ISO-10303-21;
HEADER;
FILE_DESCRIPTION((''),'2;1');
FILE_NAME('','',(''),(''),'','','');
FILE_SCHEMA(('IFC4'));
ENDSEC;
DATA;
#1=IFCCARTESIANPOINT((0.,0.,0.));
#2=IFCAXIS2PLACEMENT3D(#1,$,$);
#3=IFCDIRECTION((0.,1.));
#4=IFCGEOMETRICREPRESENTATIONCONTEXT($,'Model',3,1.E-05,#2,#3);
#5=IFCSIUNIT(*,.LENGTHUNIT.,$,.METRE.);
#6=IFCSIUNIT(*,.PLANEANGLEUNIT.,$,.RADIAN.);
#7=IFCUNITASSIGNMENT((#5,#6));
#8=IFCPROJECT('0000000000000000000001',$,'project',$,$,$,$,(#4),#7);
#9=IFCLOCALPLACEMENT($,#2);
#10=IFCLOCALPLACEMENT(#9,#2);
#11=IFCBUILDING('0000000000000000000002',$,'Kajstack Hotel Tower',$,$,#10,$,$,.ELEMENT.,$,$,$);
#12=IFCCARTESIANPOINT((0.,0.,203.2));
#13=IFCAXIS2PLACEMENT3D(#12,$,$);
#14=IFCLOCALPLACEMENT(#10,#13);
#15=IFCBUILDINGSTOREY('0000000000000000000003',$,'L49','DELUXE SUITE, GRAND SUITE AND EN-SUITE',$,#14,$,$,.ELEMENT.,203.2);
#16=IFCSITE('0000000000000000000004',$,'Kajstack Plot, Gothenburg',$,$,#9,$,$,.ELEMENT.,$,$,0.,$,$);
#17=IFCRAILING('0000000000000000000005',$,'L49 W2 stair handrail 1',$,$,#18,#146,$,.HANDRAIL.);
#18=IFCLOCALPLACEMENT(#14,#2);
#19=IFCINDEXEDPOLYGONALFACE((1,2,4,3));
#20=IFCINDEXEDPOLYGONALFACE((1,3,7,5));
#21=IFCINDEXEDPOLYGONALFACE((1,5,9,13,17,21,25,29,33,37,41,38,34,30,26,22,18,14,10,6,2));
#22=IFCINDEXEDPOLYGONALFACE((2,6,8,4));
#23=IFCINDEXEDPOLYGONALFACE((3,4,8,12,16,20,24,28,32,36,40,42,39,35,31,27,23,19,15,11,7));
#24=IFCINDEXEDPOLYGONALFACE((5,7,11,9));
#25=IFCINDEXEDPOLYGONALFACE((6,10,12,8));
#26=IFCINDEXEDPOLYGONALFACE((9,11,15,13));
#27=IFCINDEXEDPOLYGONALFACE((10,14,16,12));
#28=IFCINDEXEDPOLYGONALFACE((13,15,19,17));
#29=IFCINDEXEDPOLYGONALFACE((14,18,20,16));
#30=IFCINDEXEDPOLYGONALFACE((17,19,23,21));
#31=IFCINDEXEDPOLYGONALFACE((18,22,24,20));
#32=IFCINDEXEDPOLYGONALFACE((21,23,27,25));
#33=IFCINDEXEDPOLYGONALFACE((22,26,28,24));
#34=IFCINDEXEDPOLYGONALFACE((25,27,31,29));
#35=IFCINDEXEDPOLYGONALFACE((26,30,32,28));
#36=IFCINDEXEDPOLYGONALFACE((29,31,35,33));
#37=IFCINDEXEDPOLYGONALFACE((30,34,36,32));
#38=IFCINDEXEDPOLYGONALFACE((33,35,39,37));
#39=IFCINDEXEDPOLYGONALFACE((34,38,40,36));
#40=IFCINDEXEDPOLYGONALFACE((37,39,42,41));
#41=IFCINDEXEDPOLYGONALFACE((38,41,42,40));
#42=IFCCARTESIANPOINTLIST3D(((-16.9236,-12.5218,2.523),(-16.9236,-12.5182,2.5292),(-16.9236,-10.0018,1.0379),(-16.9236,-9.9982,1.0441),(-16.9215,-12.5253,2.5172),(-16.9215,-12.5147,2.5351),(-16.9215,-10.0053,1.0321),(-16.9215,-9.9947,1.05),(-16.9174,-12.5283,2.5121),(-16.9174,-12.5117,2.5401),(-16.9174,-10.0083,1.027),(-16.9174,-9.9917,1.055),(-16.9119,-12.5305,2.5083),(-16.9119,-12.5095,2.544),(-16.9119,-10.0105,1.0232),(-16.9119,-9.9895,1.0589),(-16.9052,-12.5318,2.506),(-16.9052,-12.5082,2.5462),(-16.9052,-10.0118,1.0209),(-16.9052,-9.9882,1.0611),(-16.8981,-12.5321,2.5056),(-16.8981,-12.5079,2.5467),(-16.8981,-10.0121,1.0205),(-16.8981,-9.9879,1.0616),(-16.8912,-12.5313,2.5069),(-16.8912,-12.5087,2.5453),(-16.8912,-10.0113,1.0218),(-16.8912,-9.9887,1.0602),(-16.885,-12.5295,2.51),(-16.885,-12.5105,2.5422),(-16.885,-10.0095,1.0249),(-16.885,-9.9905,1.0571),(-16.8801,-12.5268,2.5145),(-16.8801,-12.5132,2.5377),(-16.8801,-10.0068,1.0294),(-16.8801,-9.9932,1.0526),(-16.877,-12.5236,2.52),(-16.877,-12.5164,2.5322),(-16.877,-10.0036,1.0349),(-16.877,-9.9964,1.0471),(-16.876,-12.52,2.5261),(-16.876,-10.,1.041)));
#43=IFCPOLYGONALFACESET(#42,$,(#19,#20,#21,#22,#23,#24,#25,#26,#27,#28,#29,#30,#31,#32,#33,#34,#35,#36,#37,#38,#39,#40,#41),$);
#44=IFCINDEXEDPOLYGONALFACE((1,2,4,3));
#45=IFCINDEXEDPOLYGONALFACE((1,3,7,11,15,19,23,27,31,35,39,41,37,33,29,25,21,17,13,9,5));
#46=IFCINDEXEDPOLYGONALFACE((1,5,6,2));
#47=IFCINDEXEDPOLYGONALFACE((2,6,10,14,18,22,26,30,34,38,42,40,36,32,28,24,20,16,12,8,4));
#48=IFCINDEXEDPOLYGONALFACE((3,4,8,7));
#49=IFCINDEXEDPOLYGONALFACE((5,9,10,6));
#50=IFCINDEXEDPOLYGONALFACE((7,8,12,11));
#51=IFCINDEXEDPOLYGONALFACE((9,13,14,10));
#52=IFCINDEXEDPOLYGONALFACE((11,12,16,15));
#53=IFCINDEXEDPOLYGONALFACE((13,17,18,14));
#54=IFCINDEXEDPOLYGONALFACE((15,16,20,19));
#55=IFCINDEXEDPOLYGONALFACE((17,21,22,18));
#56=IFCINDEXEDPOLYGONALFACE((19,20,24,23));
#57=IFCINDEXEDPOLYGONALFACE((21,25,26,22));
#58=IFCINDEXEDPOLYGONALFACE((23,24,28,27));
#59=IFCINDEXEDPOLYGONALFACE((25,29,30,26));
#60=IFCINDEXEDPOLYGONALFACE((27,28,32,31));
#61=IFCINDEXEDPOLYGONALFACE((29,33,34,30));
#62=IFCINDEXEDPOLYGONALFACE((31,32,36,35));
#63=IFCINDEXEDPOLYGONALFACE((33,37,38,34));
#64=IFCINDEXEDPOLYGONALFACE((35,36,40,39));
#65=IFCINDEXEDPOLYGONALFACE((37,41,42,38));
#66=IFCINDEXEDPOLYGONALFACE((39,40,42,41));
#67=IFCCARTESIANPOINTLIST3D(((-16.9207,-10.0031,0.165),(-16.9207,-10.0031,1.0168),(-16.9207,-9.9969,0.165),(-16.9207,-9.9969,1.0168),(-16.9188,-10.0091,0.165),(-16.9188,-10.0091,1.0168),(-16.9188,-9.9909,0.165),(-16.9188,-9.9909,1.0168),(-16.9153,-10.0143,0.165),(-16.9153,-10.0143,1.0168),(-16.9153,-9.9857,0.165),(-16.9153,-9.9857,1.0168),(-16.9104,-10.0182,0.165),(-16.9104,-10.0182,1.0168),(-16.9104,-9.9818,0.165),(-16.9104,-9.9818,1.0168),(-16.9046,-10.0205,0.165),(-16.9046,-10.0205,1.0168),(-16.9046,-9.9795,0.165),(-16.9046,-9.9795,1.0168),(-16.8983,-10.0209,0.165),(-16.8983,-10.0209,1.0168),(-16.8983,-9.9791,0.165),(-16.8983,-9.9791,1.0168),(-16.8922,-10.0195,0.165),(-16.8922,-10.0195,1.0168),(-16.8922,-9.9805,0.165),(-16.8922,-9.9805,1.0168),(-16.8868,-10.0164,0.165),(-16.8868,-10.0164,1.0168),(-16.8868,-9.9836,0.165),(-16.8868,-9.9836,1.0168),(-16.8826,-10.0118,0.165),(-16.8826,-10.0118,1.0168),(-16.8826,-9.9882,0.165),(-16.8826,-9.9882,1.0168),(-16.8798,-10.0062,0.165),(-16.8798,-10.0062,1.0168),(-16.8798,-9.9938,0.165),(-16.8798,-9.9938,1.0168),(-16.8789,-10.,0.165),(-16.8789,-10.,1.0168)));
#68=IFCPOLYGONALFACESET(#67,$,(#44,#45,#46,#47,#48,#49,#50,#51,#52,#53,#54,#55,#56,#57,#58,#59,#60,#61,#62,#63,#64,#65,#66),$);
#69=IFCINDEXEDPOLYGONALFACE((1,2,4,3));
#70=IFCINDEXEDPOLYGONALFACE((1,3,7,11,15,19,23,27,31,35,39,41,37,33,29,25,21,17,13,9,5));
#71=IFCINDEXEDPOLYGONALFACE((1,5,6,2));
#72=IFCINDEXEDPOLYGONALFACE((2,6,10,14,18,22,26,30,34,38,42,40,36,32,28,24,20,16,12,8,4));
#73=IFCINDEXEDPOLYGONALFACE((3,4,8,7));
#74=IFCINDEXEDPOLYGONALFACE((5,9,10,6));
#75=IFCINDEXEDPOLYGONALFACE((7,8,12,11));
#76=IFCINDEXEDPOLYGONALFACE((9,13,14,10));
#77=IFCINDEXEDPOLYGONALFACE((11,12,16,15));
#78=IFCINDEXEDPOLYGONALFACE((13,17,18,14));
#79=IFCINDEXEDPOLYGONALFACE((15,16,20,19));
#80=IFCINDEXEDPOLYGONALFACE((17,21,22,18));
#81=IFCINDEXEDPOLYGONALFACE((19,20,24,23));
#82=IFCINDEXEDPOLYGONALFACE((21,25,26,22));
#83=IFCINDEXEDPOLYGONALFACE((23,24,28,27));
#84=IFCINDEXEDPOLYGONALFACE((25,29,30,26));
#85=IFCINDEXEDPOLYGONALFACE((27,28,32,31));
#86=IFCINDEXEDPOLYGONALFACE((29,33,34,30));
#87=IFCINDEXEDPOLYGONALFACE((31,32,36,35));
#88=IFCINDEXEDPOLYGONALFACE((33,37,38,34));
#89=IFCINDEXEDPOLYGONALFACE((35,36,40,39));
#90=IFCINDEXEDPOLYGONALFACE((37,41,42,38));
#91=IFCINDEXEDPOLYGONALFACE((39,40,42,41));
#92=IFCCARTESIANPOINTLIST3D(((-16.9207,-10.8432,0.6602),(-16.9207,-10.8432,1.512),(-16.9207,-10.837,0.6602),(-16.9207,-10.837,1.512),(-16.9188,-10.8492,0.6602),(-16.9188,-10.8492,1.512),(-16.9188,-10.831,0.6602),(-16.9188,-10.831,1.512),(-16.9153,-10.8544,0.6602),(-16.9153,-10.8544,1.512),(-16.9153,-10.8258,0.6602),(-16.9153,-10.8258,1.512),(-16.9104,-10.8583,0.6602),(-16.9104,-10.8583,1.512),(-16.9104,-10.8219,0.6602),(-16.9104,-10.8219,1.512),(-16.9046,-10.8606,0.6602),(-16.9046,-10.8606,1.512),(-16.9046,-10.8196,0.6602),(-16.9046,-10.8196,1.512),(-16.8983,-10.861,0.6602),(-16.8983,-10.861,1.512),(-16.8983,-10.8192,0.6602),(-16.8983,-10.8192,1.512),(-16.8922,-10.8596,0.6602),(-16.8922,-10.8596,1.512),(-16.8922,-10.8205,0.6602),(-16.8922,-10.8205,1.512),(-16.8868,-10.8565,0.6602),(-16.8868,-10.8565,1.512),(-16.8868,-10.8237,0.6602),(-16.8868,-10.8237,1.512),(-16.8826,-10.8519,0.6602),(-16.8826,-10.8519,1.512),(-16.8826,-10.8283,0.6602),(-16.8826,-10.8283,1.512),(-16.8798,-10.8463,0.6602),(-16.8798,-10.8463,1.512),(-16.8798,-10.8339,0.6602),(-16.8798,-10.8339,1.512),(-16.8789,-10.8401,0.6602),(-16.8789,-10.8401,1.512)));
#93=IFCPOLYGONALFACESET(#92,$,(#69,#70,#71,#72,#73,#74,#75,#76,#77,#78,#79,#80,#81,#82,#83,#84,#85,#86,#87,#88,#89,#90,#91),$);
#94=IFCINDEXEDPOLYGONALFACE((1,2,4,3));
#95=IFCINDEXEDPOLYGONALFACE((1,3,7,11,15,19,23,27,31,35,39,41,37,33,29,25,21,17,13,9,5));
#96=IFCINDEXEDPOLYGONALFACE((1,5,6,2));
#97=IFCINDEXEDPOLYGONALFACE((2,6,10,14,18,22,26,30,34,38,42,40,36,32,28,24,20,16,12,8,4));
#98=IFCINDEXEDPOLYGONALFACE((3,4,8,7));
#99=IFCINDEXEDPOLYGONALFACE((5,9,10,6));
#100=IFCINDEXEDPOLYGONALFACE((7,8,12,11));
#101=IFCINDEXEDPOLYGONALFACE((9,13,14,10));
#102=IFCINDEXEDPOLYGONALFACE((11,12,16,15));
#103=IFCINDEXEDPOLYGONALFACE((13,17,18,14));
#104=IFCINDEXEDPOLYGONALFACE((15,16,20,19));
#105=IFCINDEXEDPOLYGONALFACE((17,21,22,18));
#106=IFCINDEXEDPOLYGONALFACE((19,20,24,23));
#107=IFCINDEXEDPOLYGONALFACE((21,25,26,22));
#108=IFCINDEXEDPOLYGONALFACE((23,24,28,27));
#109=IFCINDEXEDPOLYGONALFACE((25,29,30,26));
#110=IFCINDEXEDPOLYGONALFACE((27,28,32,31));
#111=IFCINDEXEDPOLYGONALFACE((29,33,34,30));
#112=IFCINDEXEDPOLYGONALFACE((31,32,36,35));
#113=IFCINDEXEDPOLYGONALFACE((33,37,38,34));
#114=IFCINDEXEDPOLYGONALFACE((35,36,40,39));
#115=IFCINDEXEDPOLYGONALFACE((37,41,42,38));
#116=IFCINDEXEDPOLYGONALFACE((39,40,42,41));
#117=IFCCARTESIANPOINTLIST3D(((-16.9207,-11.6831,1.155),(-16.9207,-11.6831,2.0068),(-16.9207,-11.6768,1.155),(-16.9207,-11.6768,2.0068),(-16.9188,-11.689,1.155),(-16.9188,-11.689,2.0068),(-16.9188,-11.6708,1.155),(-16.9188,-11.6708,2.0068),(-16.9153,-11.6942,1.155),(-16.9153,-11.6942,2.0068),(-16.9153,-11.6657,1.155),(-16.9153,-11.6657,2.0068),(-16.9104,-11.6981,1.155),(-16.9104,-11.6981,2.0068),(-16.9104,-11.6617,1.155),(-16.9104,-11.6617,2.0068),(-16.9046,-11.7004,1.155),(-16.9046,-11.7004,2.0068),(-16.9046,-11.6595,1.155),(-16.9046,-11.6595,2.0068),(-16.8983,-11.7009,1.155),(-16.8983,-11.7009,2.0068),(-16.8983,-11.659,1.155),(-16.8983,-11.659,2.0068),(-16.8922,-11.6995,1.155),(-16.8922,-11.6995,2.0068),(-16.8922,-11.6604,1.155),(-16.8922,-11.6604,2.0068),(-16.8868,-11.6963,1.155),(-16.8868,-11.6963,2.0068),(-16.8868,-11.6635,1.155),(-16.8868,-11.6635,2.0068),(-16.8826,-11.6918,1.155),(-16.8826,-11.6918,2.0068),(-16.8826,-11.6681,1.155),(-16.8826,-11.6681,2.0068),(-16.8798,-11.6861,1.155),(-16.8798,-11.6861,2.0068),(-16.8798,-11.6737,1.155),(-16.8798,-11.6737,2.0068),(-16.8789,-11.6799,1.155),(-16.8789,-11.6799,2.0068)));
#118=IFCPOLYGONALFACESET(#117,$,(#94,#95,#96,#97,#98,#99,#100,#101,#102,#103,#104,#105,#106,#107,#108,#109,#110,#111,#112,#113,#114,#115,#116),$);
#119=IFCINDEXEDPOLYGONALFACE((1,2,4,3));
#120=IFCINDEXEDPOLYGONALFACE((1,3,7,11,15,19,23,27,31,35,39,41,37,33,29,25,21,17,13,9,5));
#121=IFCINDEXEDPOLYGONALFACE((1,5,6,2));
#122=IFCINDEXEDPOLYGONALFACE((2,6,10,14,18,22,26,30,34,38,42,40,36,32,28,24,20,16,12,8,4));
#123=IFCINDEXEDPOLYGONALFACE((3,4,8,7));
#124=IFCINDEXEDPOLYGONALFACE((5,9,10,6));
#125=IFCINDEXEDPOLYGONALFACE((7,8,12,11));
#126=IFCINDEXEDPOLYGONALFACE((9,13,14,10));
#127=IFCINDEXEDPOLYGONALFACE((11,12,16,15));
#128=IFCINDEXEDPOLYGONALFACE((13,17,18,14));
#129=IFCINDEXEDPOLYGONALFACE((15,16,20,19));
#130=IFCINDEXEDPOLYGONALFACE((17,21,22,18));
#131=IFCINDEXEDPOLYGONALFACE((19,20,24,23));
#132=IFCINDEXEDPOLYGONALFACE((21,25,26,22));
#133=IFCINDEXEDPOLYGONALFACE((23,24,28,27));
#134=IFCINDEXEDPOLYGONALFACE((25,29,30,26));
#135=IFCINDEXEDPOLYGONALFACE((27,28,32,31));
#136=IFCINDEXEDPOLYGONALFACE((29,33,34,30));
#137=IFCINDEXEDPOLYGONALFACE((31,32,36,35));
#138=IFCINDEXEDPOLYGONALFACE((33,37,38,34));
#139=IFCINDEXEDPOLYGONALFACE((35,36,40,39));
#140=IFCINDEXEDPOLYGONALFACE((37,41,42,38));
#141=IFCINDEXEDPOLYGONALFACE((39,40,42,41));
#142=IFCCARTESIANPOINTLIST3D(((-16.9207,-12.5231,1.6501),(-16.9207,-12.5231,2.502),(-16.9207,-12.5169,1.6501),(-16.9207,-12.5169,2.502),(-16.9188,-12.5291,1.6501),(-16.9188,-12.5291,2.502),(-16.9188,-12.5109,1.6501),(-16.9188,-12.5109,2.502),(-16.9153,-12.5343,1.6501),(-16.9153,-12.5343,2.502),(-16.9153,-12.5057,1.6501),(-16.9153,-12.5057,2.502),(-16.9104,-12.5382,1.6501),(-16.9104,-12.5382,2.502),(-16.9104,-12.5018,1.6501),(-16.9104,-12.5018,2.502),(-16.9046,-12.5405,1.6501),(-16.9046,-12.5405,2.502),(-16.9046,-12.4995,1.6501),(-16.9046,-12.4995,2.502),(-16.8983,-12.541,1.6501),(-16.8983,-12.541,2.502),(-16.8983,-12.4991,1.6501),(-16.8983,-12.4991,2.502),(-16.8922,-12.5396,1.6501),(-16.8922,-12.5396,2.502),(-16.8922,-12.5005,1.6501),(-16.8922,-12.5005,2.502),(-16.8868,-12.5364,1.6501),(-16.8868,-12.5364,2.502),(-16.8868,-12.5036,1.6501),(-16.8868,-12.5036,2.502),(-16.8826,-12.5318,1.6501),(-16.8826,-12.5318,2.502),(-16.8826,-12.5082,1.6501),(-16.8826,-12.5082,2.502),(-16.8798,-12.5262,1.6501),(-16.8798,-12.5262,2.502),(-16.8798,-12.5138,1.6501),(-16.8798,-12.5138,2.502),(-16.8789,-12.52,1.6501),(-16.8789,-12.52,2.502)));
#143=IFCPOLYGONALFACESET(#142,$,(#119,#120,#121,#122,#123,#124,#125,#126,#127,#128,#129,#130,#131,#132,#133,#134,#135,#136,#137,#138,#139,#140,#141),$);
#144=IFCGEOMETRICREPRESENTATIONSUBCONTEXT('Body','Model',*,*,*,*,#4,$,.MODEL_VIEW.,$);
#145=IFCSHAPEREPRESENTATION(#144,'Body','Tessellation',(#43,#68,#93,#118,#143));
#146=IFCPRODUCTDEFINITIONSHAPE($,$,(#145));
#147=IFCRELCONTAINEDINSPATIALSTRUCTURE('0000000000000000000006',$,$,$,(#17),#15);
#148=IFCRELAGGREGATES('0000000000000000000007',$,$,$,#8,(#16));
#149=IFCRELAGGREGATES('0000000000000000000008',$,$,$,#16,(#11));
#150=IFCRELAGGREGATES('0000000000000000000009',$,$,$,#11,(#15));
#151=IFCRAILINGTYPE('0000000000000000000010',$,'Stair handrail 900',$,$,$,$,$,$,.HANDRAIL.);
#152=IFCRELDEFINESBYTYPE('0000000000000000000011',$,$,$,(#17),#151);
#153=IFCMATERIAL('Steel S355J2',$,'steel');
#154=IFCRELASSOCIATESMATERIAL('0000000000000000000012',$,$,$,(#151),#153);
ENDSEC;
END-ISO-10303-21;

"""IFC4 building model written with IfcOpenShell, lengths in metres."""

from ifc_helpers import new_model, si_unit, direction, frame, origin, origin_2d, place, context, subcontext, project, spatial, circle, extrude, material, type_object, element, save


model = new_model("IFC4")

# Units and contexts
model_context = context("Model", 3, precision=1e-05, world=origin(), true_north=direction((0.0, 1.0)))
body_context = subcontext(model_context, "Body", "Model", "MODEL_VIEW")
ifc_project = project(units=[si_unit("LENGTHUNIT", "METRE"), si_unit("PLANEANGLEUNIT", "RADIAN")], contexts=[model_context])

# Site, building, storey
site_placement = place(None, origin())
site = spatial("IfcSite", under=ifc_project, at=site_placement, Name="Kajstack Plot, Gothenburg", CompositionType="ELEMENT", RefElevation=0.0)
building_placement = place(site_placement, origin())
building = spatial("IfcBuilding", under=site, at=building_placement, Name="Kajstack Hotel Tower", CompositionType="ELEMENT")
storey_placement = place(building_placement, frame((0.0, 0.0, 203.2)))
storey = spatial("IfcBuildingStorey", under=building, at=storey_placement, Name="L49", Description="DELUXE SUITE, GRAND SUITE AND EN-SUITE", CompositionType="ELEMENT", Elevation=203.2)

# Railing
ifc_material_1 = material(Name="Steel S355J2", Category="steel")
railing_type_1 = type_object("IfcRailingType", Name="Stair handrail 900", PredefinedType="HANDRAIL", material=ifc_material_1)
railing_1_placement = place(storey_placement, frame((-16.8999, -10.0, 0.165)))
element("IfcRailing", 1, at=railing_1_placement, inside=storey, type_object=railing_type_1, Name="L49 W2 stair handrail 1", PredefinedType="HANDRAIL", context=body_context, shape_type="SweptSolid", body=[
    extrude(circle(Radius=0.0239, at=origin_2d()), frame((0.0, 0.0, 0.876), z_axis=(0.0, -0.861524, 0.507717), x_axis=(1.0, 0.0, 0.0)), (0.0, 0.0, 1.0), 2.925),
    extrude(circle(Radius=0.021, at=origin_2d()), origin(), (0.0, 0.0, 1.0), 0.8518),
    extrude(circle(Radius=0.021, at=origin_2d()), frame((0.0, -0.8401, 0.4951)), (0.0, 0.0, 1.0), 0.8518),
    extrude(circle(Radius=0.021, at=origin_2d()), frame((0.0, -1.6799, 0.99)), (0.0, 0.0, 1.0), 0.8518),
    extrude(circle(Radius=0.021, at=origin_2d()), frame((0.0, -2.52, 1.4851)), (0.0, 0.0, 1.0), 0.8518),
])

save(model, "model.ifc")
